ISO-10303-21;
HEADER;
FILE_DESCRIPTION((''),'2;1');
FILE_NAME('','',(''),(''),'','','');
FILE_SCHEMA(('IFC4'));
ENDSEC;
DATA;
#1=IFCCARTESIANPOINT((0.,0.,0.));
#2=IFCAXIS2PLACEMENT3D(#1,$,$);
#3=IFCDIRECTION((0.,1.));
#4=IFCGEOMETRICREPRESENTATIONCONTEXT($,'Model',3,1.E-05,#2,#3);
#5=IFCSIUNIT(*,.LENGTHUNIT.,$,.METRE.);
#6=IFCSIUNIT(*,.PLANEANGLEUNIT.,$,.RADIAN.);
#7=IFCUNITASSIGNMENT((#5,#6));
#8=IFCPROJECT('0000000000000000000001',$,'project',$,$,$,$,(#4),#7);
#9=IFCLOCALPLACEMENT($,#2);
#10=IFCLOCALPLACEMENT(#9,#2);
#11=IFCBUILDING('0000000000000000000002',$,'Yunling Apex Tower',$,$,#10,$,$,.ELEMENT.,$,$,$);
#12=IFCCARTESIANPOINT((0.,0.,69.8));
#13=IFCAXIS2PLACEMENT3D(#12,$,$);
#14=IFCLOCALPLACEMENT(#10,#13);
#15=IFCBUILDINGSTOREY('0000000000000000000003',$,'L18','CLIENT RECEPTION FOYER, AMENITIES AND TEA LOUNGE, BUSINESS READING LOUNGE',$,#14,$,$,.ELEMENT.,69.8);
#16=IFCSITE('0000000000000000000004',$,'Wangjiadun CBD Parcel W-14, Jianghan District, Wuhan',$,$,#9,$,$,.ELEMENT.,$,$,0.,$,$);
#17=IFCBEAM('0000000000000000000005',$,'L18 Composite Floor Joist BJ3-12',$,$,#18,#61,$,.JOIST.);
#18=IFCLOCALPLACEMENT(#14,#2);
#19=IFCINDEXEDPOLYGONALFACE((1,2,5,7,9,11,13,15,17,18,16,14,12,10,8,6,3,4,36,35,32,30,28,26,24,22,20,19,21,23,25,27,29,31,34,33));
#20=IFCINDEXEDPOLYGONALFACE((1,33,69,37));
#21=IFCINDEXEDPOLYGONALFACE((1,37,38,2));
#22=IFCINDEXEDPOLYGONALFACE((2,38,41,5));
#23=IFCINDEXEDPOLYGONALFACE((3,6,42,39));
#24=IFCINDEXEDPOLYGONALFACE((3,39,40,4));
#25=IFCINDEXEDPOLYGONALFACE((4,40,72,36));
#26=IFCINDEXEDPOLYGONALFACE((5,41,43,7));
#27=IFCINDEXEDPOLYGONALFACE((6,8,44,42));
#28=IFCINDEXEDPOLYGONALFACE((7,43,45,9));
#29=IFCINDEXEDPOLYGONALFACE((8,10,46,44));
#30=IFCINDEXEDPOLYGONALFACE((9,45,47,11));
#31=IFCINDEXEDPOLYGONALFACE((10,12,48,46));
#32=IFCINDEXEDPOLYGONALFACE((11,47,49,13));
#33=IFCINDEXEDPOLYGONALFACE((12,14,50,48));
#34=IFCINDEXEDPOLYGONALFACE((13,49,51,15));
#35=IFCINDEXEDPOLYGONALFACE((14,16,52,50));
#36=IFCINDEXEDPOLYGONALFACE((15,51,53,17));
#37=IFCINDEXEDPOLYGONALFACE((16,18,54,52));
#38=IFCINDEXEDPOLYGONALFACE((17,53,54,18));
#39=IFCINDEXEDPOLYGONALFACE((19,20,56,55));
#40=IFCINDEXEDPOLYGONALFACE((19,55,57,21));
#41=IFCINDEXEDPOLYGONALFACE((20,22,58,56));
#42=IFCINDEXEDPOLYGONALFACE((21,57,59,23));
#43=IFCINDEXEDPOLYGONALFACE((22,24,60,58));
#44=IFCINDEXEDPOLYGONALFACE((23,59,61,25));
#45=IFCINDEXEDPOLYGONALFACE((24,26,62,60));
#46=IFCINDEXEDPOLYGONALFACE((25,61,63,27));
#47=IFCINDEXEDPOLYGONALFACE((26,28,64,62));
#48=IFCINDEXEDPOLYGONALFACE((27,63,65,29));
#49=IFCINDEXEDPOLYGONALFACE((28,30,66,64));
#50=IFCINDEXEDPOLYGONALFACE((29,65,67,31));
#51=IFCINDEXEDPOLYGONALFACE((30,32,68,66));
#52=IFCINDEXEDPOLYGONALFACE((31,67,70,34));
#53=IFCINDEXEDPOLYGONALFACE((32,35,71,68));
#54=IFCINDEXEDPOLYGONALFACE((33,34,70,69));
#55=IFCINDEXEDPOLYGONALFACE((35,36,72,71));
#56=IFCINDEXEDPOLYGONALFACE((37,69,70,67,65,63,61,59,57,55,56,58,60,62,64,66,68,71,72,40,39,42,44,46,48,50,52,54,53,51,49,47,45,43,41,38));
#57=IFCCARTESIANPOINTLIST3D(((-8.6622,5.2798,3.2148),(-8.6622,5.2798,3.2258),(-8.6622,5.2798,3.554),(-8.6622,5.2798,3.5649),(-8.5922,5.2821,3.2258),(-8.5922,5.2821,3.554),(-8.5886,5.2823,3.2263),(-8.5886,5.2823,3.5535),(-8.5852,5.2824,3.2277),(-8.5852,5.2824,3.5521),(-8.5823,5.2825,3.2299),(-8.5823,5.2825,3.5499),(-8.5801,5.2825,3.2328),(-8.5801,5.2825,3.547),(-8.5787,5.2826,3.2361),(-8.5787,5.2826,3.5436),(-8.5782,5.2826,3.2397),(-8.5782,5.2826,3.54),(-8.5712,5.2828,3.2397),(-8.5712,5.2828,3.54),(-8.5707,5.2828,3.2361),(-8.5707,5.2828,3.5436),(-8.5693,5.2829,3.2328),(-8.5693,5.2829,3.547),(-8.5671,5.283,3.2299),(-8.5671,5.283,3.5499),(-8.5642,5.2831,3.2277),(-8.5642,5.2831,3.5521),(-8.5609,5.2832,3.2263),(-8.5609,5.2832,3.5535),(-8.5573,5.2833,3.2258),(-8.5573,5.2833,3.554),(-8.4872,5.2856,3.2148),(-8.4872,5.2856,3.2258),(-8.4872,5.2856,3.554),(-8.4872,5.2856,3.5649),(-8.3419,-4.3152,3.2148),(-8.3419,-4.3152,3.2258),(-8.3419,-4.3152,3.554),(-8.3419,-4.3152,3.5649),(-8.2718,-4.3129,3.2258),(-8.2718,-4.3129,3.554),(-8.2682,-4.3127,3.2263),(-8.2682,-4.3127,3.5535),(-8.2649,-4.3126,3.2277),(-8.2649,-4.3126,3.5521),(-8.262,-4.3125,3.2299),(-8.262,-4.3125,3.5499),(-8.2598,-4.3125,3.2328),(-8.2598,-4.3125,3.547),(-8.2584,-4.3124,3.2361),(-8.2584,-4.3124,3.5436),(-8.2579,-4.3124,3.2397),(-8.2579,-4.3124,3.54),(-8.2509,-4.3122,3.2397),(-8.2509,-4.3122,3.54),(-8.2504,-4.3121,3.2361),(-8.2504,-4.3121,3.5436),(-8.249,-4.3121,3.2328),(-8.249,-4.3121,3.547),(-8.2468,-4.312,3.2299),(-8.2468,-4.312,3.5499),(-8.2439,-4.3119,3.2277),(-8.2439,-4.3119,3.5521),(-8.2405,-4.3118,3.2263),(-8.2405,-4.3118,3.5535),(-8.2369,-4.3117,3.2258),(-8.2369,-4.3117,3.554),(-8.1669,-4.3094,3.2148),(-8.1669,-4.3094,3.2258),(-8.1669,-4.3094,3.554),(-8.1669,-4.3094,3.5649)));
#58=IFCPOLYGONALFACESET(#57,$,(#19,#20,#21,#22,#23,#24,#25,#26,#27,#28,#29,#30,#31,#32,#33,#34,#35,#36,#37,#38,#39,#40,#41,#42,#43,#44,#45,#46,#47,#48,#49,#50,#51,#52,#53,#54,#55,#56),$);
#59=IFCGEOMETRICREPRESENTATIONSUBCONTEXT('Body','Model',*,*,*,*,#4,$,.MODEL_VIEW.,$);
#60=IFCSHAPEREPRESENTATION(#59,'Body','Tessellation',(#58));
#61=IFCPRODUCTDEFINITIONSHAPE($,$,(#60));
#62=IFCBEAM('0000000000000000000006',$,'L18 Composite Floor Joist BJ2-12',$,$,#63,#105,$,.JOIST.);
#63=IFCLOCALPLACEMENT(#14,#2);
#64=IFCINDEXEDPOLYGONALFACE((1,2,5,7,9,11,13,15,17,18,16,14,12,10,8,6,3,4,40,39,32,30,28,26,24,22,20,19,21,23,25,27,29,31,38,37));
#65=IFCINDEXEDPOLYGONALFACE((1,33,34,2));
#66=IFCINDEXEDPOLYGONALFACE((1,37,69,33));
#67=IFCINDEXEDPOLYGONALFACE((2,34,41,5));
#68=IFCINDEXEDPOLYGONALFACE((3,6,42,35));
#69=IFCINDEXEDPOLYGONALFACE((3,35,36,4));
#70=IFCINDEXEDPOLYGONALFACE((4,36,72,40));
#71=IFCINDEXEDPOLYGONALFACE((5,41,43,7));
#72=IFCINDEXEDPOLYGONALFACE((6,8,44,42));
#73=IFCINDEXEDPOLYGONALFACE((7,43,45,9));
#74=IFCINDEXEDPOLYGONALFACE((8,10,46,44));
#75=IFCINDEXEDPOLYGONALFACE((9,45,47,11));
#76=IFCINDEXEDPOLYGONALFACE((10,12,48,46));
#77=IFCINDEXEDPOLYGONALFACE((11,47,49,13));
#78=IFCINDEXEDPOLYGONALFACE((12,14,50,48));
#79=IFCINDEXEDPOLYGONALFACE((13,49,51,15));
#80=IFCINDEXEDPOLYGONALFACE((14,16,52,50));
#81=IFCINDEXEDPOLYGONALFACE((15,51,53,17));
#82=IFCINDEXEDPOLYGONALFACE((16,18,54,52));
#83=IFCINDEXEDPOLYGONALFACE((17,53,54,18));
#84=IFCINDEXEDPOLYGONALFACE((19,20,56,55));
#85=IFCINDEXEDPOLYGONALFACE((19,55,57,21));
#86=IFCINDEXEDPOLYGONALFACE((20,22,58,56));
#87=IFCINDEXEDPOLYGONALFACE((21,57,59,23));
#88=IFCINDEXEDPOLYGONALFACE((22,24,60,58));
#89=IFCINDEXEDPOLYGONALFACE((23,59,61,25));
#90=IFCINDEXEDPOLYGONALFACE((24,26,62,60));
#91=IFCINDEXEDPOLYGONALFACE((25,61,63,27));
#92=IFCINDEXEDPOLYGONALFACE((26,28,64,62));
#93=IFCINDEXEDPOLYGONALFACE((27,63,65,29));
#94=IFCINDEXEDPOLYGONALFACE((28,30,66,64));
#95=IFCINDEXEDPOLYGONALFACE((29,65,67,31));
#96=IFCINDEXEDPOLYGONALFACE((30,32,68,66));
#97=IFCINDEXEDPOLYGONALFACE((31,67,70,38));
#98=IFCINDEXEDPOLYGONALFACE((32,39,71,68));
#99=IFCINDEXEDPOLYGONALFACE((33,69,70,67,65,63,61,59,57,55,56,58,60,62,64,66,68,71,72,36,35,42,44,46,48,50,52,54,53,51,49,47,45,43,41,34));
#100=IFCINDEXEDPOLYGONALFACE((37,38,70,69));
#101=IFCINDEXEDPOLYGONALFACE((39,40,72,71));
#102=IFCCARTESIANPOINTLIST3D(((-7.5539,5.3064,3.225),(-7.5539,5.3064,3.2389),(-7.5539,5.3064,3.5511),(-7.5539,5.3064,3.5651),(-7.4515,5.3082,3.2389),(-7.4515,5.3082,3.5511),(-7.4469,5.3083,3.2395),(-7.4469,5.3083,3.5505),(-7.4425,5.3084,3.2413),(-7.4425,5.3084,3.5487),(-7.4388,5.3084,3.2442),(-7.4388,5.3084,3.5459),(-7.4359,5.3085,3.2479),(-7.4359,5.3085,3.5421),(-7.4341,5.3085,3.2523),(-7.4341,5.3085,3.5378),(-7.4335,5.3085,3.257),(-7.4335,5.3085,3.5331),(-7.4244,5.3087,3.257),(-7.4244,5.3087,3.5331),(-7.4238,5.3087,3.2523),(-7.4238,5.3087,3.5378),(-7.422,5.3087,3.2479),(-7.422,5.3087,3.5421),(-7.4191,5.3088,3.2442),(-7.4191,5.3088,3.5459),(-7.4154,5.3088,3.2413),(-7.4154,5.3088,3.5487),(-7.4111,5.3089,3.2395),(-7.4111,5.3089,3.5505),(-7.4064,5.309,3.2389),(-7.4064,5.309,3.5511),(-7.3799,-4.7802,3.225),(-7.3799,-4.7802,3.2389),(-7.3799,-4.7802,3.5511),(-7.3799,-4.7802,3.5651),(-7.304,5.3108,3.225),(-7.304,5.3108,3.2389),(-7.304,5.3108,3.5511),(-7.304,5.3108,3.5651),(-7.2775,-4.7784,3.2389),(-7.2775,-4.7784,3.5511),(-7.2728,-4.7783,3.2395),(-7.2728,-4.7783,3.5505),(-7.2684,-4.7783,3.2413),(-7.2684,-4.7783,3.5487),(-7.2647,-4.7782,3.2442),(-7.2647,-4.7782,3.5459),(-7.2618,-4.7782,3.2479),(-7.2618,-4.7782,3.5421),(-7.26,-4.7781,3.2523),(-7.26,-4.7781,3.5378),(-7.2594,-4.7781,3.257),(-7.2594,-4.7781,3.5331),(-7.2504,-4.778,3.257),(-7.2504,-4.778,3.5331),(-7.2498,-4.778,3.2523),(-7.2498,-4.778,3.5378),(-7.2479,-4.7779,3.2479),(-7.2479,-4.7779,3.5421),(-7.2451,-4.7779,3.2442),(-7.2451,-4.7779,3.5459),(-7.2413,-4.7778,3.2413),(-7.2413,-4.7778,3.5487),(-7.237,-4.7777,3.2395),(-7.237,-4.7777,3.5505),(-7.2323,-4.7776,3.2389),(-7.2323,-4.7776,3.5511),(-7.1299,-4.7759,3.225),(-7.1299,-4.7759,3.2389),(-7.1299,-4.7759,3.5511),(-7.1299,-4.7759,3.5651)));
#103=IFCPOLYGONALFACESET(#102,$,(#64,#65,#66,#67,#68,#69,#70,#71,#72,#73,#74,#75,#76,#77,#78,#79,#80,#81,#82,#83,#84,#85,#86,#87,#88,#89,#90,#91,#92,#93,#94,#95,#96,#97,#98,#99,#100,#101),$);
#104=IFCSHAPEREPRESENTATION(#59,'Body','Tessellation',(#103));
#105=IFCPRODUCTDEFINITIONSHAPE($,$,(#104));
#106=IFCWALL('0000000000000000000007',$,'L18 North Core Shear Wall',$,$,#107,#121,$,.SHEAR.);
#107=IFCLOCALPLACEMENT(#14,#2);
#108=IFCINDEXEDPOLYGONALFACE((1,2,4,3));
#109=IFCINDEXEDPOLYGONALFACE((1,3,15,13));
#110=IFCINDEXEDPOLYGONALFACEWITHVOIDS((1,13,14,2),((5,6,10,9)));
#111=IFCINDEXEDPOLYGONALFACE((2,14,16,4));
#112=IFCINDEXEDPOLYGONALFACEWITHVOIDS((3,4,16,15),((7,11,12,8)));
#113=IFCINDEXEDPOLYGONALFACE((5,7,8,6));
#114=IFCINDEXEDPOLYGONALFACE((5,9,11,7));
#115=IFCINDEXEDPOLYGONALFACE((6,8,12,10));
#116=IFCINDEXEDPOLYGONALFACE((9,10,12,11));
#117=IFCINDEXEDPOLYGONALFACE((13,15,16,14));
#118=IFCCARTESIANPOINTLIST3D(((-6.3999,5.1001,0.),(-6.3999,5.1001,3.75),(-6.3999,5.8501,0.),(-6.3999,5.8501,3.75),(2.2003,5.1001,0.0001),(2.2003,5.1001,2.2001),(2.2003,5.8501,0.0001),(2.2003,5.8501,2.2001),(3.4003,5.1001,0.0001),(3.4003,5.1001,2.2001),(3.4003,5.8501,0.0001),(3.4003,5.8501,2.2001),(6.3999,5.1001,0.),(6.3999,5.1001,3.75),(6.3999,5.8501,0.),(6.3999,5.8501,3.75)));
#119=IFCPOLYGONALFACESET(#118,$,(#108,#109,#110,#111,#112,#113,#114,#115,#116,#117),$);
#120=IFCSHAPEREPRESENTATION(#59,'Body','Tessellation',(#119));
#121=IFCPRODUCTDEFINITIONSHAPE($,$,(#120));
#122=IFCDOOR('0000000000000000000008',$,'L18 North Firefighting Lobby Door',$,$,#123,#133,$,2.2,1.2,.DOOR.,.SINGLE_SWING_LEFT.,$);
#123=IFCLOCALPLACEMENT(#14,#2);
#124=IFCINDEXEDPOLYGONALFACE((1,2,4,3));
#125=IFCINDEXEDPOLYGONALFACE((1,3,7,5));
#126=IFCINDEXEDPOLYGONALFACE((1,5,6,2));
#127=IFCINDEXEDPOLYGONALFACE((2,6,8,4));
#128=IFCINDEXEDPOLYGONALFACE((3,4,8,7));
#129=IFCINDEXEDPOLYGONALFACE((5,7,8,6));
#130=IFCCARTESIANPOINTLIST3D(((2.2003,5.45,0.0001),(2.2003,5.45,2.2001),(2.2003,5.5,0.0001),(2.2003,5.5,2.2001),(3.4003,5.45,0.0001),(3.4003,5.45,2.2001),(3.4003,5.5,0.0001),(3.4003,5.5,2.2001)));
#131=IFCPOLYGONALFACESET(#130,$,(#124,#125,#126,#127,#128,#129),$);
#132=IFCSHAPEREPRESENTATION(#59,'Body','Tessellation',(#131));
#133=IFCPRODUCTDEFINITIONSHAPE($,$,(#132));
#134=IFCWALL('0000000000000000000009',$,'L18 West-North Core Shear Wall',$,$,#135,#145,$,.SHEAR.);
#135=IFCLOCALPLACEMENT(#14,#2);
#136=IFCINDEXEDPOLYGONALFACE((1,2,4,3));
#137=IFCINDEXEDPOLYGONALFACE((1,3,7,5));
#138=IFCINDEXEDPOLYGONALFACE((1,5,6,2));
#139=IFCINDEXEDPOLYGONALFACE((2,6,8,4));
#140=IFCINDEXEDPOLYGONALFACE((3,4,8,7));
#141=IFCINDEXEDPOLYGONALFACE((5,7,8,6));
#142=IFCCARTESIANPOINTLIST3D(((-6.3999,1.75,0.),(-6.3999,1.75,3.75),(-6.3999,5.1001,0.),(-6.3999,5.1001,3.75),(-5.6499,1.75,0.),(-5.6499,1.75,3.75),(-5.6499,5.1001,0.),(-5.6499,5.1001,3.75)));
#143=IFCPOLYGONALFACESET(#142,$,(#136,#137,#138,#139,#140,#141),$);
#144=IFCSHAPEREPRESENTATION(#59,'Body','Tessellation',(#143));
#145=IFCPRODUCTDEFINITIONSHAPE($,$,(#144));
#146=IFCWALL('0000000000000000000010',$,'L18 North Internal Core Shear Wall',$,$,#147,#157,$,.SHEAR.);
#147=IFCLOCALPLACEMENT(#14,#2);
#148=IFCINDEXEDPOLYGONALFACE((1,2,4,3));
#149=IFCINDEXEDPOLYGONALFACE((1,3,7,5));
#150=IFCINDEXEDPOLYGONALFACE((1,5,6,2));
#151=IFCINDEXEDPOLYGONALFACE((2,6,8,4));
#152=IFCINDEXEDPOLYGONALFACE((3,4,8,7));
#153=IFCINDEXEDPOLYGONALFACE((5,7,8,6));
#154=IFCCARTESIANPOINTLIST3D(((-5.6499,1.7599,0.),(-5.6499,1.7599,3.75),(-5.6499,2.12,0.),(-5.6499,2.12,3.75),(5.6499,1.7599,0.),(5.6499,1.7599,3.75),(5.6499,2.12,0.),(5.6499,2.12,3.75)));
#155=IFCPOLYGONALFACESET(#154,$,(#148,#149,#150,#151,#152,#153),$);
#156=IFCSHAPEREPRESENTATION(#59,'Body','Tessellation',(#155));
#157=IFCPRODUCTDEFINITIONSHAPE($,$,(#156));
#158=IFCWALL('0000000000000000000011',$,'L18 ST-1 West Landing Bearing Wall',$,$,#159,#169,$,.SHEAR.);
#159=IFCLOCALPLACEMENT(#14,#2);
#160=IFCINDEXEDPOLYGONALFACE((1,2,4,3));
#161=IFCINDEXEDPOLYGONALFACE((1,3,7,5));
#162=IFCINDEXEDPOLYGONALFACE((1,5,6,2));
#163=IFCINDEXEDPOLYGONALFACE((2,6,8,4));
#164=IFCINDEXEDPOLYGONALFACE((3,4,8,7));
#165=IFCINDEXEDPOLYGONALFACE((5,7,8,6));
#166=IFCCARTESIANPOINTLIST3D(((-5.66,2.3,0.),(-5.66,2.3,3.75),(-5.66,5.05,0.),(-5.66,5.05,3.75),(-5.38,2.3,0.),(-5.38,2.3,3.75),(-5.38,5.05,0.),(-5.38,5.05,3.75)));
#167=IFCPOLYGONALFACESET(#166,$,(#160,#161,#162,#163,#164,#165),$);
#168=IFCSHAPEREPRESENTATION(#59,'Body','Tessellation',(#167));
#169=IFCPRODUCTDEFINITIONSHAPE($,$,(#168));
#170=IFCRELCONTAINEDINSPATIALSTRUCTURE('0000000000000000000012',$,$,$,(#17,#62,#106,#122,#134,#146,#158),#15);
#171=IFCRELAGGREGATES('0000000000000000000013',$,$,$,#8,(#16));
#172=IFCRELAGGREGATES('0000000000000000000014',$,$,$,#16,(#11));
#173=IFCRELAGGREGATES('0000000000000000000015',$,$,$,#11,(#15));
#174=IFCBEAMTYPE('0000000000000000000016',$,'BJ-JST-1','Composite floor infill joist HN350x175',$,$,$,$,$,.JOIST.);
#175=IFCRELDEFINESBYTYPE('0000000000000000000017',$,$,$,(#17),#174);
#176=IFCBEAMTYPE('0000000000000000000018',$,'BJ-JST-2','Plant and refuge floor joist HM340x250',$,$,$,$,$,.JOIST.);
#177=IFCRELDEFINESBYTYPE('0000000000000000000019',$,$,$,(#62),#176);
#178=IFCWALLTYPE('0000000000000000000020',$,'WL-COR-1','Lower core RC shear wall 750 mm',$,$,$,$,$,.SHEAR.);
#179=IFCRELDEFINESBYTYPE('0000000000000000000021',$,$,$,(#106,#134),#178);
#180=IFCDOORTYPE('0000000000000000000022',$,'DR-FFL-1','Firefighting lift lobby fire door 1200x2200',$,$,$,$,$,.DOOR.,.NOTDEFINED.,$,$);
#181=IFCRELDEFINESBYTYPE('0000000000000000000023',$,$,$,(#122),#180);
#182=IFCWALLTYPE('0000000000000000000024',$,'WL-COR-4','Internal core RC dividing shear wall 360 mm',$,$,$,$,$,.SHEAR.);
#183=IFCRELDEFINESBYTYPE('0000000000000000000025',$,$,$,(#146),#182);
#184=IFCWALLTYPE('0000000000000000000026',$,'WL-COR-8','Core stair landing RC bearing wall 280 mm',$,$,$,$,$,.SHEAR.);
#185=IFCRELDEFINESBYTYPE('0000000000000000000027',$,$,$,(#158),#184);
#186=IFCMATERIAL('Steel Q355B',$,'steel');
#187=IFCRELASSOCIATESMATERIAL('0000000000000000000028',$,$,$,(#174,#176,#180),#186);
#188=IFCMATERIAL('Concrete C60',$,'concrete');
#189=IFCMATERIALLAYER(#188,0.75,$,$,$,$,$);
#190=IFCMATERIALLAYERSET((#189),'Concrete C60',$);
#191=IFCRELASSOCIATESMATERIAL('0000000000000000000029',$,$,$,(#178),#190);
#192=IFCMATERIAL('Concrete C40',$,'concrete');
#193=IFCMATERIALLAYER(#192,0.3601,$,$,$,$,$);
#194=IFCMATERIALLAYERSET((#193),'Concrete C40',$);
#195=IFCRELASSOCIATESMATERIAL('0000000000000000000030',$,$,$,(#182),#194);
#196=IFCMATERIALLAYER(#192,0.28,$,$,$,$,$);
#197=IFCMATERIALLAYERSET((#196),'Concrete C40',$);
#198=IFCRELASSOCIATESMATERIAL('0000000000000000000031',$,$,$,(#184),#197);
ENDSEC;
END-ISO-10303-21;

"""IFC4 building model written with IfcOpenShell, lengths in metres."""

from ifc_helpers import new_model, si_unit, direction, frame, frame_2d, origin, origin_2d, place, context, subcontext, project, spatial, rectangle, i_section, extrude, source, transform, mapped, material, layer, layer_set, material_profile, profile_set, type_object, element, fill, save


model = new_model("IFC4")

# Units and contexts
model_context = context("Model", 3, precision=1e-05, world=origin(), true_north=direction((0.0, 1.0)))
body_context = subcontext(model_context, "Body", "Model", "MODEL_VIEW")
ifc_project = project(units=[si_unit("LENGTHUNIT", "METRE"), si_unit("PLANEANGLEUNIT", "RADIAN")], contexts=[model_context])

# Site, building, storey
site_placement = place(None, origin())
site = spatial("IfcSite", under=ifc_project, at=site_placement, Name="Wangjiadun CBD Parcel W-14, Jianghan District, Wuhan", CompositionType="ELEMENT", RefElevation=0.0)
building_placement = place(site_placement, origin())
building = spatial("IfcBuilding", under=site, at=building_placement, Name="Yunling Apex Tower", CompositionType="ELEMENT")
storey_placement = place(building_placement, frame((0.0, 0.0, 69.8)))
storey = spatial("IfcBuildingStorey", under=building, at=storey_placement, Name="L18", Description="CLIENT RECEPTION FOYER, AMENITIES AND TEA LOUNGE, BUSINESS READING LOUNGE", CompositionType="ELEMENT", Elevation=69.8)

# Shared definitions
ifc_material_1 = material(Name="Concrete C60", Category="concrete")

# Beams
ifc_material_2 = material(Name="Steel Q355B", Category="steel")
ifc_material_profile_1 = material_profile(ifc_material_2, i_section(OverallWidth=0.175, OverallDepth=0.3501, WebThickness=0.0071, FlangeThickness=0.011, FilletRadius=0.0139, at=origin_2d()))
ifc_profile_set_1 = profile_set([ifc_material_profile_1], Name="Steel Q355B")
beam_type_1 = type_object("IfcBeamType", Name="BJ-JST-1", Description="Composite floor infill joist HN350x175", PredefinedType="JOIST", material=ifc_profile_set_1)
ifc_material_profile_2 = material_profile(ifc_material_2, i_section(OverallWidth=0.25, OverallDepth=0.3401, WebThickness=0.009, FlangeThickness=0.0139, FilletRadius=0.0181, at=origin_2d()))
ifc_profile_set_2 = profile_set([ifc_material_profile_2], Name="Steel Q355B")
beam_type_2 = type_object("IfcBeamType", Name="BJ-JST-2", Description="Plant and refuge floor joist HM340x250", PredefinedType="JOIST", material=ifc_profile_set_2)
shared_shape_1 = source(origin(), body_context, "Body", "SweptSolid", [
    extrude(i_section(OverallWidth=0.175, OverallDepth=0.3501, WebThickness=0.0071, FlangeThickness=0.011, FilletRadius=0.0139, at=origin_2d()), origin(), (0.0, 0.0, 1.0), 9.6003),
])
beam_1_placement = place(storey_placement, frame((-8.5747, 5.2827, 3.3899), z_axis=(0.033365, -0.999443, 0.0), x_axis=(0.999443, 0.033365, 0.0)))
element("IfcBeam", 1, at=beam_1_placement, inside=storey, type_object=beam_type_1, Name="L18 Composite Floor Joist BJ3-12", PredefinedType="JOIST", context=body_context, shape_type="MappedRepresentation", body=[
    mapped(shared_shape_1, transform((0.0, 0.0, 0.0), scale=1.0)),
])
shared_shape_2 = source(origin(), body_context, "Body", "SweptSolid", [
    extrude(i_section(OverallWidth=0.25, OverallDepth=0.3401, WebThickness=0.009, FlangeThickness=0.0139, FilletRadius=0.0181, at=origin_2d()), origin(), (0.0, 0.0, 1.0), 10.0881),
])
beam_2_placement = place(storey_placement, frame((-7.429, 5.3086, 3.395), z_axis=(0.017255, -0.999851, 0.0), x_axis=(0.999851, 0.017255, 0.0)))
element("IfcBeam", 2, at=beam_2_placement, inside=storey, type_object=beam_type_2, Name="L18 Composite Floor Joist BJ2-12", PredefinedType="JOIST", context=body_context, shape_type="MappedRepresentation", body=[
    mapped(shared_shape_2, transform((0.0, 0.0, 0.0), scale=1.0)),
])

# Wall, opening, door
ifc_layer_1 = layer(ifc_material_1, 0.75)
ifc_layer_set_1 = layer_set([ifc_layer_1], Name="Concrete C60")
wall_type_1 = type_object("IfcWallType", Name="WL-COR-1", Description="Lower core RC shear wall 750 mm", PredefinedType="SHEAR", material=ifc_layer_set_1)
wall_1_placement = place(storey_placement, frame((-6.3999, 5.4751, 0.0), z_axis=(0.0, 0.0, 1.0), x_axis=(1.0, 0.0, 0.0)))
wall_1 = element("IfcWall", 3, at=wall_1_placement, inside=storey, type_object=wall_type_1, Name="L18 North Core Shear Wall", PredefinedType="SHEAR", context=body_context, shape_type="SweptSolid", body=[
    extrude(rectangle(XDim=12.7998, YDim=0.75, at=frame_2d((6.3999, 0.0))), origin(), (0.0, 0.0, 1.0), 3.75),
])
opening_1_placement = place(wall_1_placement, frame((8.6001, 0.0, 0.0)))
opening_1 = element("IfcOpeningElement", 4, at=opening_1_placement, cuts=wall_1, PredefinedType="OPENING", context=body_context, shape_type="SweptSolid", body=[
    extrude(rectangle(XDim=1.2, YDim=2.2, at=frame_2d((0.6001, 1.1001))), frame((0.0, 0.385, 0.0), z_axis=(0.0, -1.0, 0.0), x_axis=(1.0, 0.0, 0.0)), (0.0, 0.0, 1.0), 0.77),
])
door_type_1 = type_object("IfcDoorType", Name="DR-FFL-1", Description="Firefighting lift lobby fire door 1200x2200", OperationType="NOTDEFINED", PredefinedType="DOOR", material=ifc_material_2)
door_1_placement = place(opening_1_placement, origin())
door_1 = element("IfcDoor", 5, at=door_1_placement, inside=storey, type_object=door_type_1, Name="L18 North Firefighting Lobby Door", OperationType="SINGLE_SWING_LEFT", OverallHeight=2.2, OverallWidth=1.2, PredefinedType="DOOR", context=body_context, shape_type="SweptSolid", body=[
    extrude(rectangle(XDim=1.2, YDim=2.2, at=frame_2d((0.6001, 1.1001))), frame((0.0, 0.0249, 0.0), z_axis=(0.0, -1.0, 0.0), x_axis=(1.0, 0.0, 0.0)), (0.0, 0.0, 1.0), 0.05),
])
fill(opening_1, door_1)

# Walls
wall_2_placement = place(storey_placement, frame((-6.0249, 1.75, 0.0), z_axis=(0.0, 0.0, 1.0), x_axis=(0.0, 1.0, 0.0)))
element("IfcWall", 6, at=wall_2_placement, inside=storey, type_object=wall_type_1, Name="L18 West-North Core Shear Wall", PredefinedType="SHEAR", context=body_context, shape_type="SweptSolid", body=[
    extrude(rectangle(XDim=3.3501, YDim=0.75, at=frame_2d((1.675, 0.0))), origin(), (0.0, 0.0, 1.0), 3.75),
])
ifc_material_3 = material(Name="Concrete C40", Category="concrete")
ifc_layer_2 = layer(ifc_material_3, 0.3601)
ifc_layer_set_2 = layer_set([ifc_layer_2], Name="Concrete C40")
wall_type_2 = type_object("IfcWallType", Name="WL-COR-4", Description="Internal core RC dividing shear wall 360 mm", PredefinedType="SHEAR", material=ifc_layer_set_2)
wall_3_placement = place(storey_placement, frame((-5.6499, 1.9399, 0.0), z_axis=(0.0, 0.0, 1.0), x_axis=(1.0, 0.0, 0.0)))
element("IfcWall", 7, at=wall_3_placement, inside=storey, type_object=wall_type_2, Name="L18 North Internal Core Shear Wall", PredefinedType="SHEAR", context=body_context, shape_type="SweptSolid", body=[
    extrude(rectangle(XDim=11.2998, YDim=0.3601, at=frame_2d((5.6499, 0.0))), origin(), (0.0, 0.0, 1.0), 3.75),
])
ifc_layer_3 = layer(ifc_material_3, 0.28)
ifc_layer_set_3 = layer_set([ifc_layer_3], Name="Concrete C40")
wall_type_3 = type_object("IfcWallType", Name="WL-COR-8", Description="Core stair landing RC bearing wall 280 mm", PredefinedType="SHEAR", material=ifc_layer_set_3)
wall_4_placement = place(storey_placement, frame((-5.52, 2.3, 0.0), z_axis=(0.0, 0.0, 1.0), x_axis=(0.0, 1.0, 0.0)))
element("IfcWall", 8, at=wall_4_placement, inside=storey, type_object=wall_type_3, Name="L18 ST-1 West Landing Bearing Wall", PredefinedType="SHEAR", context=body_context, shape_type="SweptSolid", body=[
    extrude(rectangle(XDim=2.75, YDim=0.28, at=frame_2d((1.375, 0.0))), origin(), (0.0, 0.0, 1.0), 3.75),
])

save(model, "model.ifc")
